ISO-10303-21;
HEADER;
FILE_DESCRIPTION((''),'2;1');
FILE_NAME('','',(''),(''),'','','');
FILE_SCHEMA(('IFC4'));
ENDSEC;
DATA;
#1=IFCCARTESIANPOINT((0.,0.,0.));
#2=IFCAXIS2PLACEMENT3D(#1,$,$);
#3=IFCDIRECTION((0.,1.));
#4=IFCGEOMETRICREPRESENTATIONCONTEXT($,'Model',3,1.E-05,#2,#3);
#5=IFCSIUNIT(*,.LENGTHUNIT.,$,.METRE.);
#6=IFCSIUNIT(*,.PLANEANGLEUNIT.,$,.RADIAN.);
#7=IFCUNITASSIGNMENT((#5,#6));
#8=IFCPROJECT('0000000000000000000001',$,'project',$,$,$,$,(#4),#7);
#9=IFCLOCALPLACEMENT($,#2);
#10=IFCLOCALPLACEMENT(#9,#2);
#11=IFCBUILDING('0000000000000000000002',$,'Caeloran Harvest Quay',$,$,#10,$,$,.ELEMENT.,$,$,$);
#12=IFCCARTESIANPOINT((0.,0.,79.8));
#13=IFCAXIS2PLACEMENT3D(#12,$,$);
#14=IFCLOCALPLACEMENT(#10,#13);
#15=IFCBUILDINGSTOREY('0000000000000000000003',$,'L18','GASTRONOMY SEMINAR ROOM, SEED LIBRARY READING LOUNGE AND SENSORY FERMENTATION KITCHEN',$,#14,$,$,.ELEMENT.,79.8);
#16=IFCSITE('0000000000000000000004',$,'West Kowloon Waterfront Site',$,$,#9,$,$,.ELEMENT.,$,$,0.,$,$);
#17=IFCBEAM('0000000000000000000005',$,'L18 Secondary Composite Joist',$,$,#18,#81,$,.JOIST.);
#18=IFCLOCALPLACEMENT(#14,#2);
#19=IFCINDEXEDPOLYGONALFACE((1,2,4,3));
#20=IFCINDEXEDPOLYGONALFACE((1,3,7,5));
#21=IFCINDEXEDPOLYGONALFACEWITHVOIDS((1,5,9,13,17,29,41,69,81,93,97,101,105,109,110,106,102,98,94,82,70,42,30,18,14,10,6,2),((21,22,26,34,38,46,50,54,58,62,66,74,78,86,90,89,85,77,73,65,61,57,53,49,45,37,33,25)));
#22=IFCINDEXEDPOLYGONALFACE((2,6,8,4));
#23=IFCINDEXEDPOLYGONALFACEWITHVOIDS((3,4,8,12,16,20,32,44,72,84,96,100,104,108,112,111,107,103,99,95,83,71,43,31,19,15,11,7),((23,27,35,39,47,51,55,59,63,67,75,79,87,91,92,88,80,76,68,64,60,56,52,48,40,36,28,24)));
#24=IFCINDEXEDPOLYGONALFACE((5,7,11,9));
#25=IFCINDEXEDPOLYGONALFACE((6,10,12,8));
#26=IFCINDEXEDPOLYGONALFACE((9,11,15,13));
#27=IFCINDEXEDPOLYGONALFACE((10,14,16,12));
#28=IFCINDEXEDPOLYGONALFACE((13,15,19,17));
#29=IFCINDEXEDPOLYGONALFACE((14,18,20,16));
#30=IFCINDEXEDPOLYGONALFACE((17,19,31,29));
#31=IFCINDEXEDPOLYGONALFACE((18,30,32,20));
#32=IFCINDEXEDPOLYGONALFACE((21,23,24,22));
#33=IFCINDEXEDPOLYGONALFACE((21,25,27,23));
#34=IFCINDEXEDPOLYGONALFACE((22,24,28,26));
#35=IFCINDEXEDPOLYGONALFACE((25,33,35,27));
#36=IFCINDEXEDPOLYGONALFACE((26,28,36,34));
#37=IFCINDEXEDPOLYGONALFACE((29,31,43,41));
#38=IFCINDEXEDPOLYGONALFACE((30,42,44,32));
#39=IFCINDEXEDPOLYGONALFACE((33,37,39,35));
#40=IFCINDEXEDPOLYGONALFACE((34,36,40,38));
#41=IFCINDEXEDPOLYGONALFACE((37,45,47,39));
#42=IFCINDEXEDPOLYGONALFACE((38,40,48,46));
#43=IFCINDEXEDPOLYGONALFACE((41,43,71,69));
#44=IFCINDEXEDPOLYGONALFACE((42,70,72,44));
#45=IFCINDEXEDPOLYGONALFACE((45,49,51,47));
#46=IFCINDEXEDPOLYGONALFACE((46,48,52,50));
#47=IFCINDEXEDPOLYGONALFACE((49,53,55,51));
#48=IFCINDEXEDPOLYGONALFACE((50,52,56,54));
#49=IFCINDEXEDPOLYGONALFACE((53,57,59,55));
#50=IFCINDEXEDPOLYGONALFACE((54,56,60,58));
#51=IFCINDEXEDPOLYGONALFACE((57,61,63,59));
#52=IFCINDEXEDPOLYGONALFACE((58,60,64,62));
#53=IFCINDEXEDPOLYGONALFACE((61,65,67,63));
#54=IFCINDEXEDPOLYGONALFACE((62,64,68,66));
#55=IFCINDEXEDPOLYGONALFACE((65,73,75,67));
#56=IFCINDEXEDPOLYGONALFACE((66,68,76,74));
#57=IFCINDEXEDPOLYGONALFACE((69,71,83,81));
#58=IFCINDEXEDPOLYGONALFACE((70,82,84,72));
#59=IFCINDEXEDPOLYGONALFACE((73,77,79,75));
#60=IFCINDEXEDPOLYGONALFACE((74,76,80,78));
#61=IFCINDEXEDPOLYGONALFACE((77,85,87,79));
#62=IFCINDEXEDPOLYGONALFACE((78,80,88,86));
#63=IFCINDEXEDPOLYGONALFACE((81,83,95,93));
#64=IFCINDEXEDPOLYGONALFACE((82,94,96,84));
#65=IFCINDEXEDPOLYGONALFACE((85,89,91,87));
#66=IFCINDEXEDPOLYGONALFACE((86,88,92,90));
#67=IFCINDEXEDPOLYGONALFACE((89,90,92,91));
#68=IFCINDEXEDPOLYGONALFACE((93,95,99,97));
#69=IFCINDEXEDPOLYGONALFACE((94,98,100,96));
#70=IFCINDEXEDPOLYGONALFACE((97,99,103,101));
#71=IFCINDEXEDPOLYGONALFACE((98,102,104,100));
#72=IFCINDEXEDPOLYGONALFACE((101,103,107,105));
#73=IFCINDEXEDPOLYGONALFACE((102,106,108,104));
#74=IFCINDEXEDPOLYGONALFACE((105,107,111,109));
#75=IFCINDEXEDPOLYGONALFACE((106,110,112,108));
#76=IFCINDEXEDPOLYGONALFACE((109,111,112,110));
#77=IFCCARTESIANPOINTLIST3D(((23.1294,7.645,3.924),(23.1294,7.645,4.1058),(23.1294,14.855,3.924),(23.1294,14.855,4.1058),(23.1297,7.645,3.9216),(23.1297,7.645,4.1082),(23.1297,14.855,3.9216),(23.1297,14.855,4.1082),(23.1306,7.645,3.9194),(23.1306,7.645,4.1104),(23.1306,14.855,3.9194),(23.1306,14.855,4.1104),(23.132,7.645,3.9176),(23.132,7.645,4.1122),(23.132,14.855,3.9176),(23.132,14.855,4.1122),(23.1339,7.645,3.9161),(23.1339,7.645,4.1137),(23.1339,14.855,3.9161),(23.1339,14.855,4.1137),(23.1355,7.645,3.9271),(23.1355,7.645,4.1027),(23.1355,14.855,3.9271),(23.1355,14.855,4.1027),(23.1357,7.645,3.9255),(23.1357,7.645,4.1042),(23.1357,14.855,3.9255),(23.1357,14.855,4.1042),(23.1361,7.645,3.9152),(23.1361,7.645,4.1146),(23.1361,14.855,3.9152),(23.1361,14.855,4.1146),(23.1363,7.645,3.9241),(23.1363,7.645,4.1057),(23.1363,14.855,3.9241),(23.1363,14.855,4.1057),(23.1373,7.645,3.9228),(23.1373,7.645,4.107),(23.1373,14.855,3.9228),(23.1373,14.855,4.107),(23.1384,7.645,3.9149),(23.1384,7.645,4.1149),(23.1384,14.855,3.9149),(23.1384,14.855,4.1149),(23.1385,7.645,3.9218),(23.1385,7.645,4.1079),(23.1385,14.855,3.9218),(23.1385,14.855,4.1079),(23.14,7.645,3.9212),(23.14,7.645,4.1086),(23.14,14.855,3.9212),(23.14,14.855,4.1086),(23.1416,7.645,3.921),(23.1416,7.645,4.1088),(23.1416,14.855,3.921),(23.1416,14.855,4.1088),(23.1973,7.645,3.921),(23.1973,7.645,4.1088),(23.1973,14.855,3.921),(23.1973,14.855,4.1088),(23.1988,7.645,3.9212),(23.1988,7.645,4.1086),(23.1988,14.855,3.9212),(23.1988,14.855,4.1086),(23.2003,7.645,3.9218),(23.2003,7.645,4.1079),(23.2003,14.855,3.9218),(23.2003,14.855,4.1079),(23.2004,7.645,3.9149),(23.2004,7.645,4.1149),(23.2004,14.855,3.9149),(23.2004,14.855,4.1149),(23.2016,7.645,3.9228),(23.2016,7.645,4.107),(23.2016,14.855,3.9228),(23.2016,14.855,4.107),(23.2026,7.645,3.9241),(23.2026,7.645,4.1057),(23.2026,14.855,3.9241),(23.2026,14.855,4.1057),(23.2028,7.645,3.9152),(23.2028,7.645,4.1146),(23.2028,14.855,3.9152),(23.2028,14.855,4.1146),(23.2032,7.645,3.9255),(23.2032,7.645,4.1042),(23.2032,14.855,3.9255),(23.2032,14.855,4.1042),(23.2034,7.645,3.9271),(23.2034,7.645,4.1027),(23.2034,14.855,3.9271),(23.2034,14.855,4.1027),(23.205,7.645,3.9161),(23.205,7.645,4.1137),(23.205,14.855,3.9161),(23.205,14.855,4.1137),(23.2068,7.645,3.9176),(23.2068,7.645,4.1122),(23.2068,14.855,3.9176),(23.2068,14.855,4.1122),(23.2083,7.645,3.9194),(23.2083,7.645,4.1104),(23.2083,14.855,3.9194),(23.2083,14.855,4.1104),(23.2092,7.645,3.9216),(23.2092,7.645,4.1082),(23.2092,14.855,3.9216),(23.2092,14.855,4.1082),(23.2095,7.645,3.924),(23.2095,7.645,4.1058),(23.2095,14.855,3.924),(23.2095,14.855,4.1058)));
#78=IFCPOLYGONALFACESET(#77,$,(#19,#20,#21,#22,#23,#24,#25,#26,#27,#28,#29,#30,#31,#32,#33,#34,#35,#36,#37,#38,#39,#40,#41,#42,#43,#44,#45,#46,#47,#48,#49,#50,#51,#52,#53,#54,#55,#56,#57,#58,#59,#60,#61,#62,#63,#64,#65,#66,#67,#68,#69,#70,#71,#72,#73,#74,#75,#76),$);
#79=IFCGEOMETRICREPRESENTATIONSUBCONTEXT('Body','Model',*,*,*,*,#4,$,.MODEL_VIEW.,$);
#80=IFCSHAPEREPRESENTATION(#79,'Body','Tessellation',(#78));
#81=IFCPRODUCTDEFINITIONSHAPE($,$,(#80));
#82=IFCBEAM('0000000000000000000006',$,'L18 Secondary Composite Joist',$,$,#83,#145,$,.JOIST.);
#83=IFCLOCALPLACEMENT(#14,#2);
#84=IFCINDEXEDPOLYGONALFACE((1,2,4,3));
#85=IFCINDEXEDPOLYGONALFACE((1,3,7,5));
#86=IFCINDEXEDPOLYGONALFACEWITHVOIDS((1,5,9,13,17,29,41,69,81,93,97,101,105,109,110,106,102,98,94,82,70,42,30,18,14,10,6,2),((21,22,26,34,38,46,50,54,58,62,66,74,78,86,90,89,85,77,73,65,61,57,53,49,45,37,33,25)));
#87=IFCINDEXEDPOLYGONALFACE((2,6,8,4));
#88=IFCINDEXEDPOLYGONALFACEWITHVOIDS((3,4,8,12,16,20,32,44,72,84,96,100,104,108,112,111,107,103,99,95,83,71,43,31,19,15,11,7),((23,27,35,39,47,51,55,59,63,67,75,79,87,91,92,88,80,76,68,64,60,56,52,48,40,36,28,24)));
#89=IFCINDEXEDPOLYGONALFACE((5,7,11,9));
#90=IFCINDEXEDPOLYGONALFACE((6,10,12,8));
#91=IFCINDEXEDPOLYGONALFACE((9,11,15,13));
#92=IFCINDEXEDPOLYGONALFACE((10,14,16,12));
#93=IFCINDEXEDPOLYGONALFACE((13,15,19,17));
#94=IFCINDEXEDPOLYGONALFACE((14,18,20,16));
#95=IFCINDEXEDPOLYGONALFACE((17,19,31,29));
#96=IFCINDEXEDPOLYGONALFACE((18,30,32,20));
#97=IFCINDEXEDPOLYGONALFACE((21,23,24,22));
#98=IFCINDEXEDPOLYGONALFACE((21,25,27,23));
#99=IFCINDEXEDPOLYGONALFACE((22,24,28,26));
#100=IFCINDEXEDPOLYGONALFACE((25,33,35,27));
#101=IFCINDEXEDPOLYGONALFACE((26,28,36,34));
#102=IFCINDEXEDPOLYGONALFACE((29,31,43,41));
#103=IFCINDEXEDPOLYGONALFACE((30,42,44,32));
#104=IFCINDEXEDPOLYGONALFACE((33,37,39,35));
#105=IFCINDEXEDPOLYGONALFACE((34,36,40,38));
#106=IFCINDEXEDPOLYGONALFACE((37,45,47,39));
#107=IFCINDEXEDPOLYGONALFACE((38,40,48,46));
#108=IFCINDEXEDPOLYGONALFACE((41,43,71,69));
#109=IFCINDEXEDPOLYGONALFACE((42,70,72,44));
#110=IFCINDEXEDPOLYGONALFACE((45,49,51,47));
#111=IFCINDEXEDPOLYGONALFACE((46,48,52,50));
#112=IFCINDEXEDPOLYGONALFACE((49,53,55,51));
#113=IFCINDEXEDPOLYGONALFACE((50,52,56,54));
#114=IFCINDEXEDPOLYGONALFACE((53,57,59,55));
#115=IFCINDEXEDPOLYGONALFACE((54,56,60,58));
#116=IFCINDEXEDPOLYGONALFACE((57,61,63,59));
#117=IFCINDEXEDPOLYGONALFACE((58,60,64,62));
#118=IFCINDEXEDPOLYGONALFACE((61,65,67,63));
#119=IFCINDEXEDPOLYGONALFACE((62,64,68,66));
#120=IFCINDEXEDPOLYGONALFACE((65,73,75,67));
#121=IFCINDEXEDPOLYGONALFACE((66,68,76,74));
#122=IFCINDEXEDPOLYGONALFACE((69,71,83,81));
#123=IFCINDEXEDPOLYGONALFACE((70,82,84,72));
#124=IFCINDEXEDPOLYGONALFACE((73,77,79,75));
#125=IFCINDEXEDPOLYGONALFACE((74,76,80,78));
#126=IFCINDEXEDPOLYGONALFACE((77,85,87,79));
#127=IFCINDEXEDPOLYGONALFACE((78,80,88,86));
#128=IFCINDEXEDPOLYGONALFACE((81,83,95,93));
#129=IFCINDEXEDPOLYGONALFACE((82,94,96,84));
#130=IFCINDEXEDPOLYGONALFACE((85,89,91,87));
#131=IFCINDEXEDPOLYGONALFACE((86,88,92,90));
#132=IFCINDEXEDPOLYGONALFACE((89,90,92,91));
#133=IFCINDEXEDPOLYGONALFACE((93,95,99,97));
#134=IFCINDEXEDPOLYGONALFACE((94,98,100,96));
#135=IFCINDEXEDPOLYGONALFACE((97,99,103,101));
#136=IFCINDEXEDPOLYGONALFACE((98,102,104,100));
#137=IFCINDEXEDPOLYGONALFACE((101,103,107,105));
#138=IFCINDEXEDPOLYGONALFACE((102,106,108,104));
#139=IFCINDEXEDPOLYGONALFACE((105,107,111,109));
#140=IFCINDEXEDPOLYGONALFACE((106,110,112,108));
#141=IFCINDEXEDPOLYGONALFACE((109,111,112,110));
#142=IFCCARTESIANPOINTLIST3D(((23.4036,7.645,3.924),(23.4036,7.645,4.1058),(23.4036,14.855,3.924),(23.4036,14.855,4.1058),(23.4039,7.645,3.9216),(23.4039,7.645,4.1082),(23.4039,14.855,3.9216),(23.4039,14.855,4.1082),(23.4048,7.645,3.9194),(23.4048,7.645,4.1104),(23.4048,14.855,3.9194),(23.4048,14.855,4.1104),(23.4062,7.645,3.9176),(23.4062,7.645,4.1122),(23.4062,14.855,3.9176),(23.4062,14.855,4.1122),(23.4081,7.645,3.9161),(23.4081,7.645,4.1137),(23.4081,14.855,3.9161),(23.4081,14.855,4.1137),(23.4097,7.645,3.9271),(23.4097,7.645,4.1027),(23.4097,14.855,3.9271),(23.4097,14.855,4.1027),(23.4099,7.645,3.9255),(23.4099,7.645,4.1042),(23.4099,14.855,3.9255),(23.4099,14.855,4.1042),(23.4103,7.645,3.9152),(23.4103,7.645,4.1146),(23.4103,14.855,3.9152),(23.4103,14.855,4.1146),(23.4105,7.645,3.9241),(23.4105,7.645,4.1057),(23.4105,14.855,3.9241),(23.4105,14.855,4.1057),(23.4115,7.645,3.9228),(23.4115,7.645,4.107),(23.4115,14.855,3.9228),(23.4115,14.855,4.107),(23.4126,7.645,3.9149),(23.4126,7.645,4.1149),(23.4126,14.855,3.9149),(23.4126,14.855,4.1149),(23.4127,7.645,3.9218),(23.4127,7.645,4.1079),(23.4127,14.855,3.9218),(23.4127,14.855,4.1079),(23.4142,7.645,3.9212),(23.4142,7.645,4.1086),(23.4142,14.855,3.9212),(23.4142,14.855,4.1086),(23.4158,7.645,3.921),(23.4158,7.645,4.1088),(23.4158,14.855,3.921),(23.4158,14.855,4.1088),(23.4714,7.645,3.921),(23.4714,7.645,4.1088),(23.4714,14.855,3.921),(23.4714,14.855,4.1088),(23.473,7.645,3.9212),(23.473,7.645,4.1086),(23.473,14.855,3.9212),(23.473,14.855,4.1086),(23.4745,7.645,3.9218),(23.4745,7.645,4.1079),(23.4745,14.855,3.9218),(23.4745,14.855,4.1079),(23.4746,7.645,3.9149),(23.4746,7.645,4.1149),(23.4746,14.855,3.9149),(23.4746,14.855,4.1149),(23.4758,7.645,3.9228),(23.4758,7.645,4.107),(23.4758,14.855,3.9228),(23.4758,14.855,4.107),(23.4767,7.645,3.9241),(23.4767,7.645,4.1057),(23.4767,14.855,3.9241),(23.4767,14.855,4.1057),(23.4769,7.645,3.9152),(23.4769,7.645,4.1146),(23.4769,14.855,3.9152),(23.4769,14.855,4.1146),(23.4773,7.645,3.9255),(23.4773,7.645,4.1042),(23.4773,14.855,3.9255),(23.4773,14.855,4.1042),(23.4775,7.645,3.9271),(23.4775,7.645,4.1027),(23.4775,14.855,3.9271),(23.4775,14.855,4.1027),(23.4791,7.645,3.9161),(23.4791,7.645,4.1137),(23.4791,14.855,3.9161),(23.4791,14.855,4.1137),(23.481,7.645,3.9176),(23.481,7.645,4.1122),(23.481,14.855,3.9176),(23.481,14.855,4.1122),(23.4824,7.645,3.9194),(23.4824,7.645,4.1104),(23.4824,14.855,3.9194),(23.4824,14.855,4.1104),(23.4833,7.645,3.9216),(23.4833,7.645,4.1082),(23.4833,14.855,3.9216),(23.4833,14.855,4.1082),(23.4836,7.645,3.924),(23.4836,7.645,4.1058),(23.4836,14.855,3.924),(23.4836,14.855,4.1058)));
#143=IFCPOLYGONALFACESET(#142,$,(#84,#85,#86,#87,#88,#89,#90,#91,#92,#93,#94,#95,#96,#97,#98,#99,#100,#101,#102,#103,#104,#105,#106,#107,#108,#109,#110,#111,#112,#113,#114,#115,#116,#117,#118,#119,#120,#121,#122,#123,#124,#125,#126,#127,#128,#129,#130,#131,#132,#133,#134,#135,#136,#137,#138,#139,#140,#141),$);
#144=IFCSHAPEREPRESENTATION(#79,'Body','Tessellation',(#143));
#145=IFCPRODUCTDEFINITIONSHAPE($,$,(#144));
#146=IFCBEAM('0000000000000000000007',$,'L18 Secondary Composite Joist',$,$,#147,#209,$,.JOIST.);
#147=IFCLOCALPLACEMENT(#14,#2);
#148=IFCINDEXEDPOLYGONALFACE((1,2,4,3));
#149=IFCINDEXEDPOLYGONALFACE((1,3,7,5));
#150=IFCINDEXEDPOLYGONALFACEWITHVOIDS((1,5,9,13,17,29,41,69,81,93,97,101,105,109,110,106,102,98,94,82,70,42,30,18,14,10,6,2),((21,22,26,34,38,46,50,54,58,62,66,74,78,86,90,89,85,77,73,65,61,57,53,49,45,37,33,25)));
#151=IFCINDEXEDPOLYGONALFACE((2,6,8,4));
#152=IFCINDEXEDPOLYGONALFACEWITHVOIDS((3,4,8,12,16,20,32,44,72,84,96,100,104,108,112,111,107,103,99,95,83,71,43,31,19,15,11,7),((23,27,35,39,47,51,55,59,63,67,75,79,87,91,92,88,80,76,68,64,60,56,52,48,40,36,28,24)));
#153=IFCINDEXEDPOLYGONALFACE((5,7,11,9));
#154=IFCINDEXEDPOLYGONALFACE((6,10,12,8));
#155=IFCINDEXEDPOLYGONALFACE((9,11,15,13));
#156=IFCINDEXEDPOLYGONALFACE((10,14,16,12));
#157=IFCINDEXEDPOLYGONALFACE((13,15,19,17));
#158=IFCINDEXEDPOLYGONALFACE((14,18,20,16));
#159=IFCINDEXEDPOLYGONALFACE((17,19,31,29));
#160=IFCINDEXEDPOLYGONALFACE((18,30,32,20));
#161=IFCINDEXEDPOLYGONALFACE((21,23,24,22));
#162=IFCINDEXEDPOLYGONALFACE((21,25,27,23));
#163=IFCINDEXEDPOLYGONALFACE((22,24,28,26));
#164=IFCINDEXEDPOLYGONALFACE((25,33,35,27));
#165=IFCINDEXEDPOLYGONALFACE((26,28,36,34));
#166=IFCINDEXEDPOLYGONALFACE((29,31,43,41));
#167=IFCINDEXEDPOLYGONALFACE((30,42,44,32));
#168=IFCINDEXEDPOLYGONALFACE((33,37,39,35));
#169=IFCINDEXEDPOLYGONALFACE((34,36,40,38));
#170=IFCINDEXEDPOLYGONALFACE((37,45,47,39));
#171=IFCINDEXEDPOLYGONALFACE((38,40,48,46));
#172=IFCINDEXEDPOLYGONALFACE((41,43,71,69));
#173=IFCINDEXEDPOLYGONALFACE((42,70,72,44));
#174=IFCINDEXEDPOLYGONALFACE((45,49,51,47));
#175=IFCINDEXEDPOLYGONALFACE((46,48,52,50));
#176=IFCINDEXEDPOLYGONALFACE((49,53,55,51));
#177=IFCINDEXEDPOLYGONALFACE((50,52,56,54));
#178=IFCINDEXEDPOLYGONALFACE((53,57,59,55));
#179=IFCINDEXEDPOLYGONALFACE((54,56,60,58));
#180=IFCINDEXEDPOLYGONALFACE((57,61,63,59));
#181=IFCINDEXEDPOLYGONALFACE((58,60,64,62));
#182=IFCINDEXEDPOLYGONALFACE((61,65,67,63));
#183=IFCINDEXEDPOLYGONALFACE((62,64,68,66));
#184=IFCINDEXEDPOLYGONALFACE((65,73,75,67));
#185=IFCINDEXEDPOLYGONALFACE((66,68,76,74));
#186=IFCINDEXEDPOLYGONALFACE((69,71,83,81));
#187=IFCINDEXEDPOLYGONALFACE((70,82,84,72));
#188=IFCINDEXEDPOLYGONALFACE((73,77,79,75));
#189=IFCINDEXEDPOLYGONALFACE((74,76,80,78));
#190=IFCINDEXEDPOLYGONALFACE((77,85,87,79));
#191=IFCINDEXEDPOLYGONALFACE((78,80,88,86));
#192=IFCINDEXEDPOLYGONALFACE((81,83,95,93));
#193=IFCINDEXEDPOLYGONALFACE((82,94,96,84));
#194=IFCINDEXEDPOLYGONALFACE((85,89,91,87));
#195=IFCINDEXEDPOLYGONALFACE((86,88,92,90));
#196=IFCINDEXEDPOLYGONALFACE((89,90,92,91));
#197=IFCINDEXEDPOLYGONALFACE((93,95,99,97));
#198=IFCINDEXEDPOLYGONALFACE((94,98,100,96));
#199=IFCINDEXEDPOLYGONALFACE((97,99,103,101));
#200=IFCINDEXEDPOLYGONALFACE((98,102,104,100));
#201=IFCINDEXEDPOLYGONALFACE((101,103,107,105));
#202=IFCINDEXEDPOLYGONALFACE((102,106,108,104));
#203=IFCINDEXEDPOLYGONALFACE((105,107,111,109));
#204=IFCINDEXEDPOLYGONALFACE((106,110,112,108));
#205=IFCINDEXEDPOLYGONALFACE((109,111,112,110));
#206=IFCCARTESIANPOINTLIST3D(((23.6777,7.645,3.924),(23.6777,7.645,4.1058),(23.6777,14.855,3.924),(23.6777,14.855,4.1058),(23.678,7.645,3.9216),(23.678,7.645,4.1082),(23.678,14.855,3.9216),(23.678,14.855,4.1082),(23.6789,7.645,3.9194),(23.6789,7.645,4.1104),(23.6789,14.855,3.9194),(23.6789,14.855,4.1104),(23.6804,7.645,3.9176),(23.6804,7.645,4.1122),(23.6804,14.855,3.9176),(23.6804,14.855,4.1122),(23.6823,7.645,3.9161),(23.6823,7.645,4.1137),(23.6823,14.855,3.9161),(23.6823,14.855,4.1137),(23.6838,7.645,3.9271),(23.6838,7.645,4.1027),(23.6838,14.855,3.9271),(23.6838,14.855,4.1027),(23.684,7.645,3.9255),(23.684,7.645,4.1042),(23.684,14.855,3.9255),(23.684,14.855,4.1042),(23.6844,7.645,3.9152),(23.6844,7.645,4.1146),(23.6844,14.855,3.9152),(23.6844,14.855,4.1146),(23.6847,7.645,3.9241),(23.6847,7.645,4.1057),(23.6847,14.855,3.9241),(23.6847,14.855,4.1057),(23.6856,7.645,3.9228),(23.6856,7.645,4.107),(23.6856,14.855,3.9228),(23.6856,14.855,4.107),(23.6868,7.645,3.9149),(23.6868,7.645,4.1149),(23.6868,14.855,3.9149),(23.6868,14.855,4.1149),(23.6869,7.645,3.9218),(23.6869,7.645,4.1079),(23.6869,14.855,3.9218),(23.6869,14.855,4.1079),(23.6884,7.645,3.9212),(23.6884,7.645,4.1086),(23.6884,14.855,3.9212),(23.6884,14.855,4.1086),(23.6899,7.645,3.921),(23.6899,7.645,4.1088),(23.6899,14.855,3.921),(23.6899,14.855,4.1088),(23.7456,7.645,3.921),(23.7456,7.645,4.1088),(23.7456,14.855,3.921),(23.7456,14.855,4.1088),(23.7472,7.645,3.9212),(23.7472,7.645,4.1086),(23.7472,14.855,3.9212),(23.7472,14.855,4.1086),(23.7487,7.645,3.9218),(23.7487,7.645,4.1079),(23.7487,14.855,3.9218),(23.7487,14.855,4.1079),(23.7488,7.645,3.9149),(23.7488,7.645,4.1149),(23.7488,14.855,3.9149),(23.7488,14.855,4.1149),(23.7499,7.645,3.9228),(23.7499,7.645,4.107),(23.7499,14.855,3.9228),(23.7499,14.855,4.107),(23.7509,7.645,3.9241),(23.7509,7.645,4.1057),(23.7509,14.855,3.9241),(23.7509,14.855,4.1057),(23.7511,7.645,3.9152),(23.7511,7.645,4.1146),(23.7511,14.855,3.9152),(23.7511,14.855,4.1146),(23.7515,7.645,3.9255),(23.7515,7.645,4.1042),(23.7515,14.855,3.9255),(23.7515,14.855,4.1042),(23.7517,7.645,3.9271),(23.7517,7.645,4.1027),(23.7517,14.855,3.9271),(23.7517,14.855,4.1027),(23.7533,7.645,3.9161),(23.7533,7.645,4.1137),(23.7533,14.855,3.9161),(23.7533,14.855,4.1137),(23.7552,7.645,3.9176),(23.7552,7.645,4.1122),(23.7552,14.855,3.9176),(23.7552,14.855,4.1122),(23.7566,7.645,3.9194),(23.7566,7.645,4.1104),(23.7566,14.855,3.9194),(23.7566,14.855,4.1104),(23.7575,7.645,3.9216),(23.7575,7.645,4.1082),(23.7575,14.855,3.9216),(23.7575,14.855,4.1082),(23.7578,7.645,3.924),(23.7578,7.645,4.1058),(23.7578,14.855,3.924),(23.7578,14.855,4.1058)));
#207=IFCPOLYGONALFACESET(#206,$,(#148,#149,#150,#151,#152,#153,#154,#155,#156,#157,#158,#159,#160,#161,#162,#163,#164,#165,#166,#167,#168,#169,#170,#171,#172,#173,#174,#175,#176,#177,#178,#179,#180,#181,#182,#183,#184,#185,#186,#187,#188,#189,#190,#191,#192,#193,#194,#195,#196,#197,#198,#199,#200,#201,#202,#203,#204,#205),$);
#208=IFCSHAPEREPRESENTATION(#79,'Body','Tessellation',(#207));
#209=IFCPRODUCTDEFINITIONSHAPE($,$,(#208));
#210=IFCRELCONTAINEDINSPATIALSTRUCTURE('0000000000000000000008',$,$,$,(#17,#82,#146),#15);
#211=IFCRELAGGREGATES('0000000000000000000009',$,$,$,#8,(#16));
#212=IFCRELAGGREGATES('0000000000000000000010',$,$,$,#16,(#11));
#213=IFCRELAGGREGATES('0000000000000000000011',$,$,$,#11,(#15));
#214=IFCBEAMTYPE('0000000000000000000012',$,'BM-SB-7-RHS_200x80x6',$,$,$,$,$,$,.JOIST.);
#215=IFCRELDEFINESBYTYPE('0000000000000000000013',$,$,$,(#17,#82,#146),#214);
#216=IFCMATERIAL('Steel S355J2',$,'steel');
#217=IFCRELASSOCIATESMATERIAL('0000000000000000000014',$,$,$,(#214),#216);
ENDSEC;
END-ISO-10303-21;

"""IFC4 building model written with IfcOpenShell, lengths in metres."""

from ifc_helpers import new_model, si_unit, direction, frame, origin, origin_2d, place, context, subcontext, project, spatial, hollow_rectangle, extrude, material, material_profile, profile_set, type_object, element, save


model = new_model("IFC4")

# Units and contexts
model_context = context("Model", 3, precision=1e-05, world=origin(), true_north=direction((0.0, 1.0)))
body_context = subcontext(model_context, "Body", "Model", "MODEL_VIEW")
ifc_project = project(units=[si_unit("LENGTHUNIT", "METRE"), si_unit("PLANEANGLEUNIT", "RADIAN")], contexts=[model_context])

# Site, building, storey
site_placement = place(None, origin())
site = spatial("IfcSite", under=ifc_project, at=site_placement, Name="West Kowloon Waterfront Site", CompositionType="ELEMENT", RefElevation=0.0)
building_placement = place(site_placement, origin())
building = spatial("IfcBuilding", under=site, at=building_placement, Name="Caeloran Harvest Quay", CompositionType="ELEMENT")
storey_placement = place(building_placement, frame((0.0, 0.0, 79.8)))
storey = spatial("IfcBuildingStorey", under=building, at=storey_placement, Name="L18", Description="GASTRONOMY SEMINAR ROOM, SEED LIBRARY READING LOUNGE AND SENSORY FERMENTATION KITCHEN", CompositionType="ELEMENT", Elevation=79.8)

# Beams
ifc_material_1 = material(Name="Steel S355J2", Category="steel")
ifc_material_profile_1 = material_profile(ifc_material_1, hollow_rectangle(XDim=0.0801, YDim=0.2, WallThickness=0.0061, InnerFilletRadius=0.0061, OuterFilletRadius=0.009, at=origin_2d()), Name="RHS 200x80x6")
ifc_profile_set_1 = profile_set([ifc_material_profile_1], Name="Steel S355J2")
beam_type_1 = type_object("IfcBeamType", Name="BM-SB-7-RHS_200x80x6", PredefinedType="JOIST", material=ifc_profile_set_1)
for number, where, z_axis, x_axis, name in (
    (1, (23.1694, 7.645, 4.0149), (0.0, 1.0, 0.0), (-1.0, 0.0, 0.0), "L18 Secondary Composite Joist"),
    (2, (23.4436, 7.645, 4.0149), (0.0, 1.0, 0.0), (-1.0, 0.0, 0.0), "L18 Secondary Composite Joist"),
    (3, (23.7178, 7.645, 4.0149), (0.0, 1.0, 0.0), (-1.0, 0.0, 0.0), "L18 Secondary Composite Joist"),
):
    element("IfcBeam", number, at=place(storey_placement, frame(where, z_axis=z_axis, x_axis=x_axis)), inside=storey, type_object=beam_type_1, Name=name, PredefinedType="JOIST", context=body_context, shape_type="SweptSolid", body=[
        extrude(hollow_rectangle(XDim=0.0801, YDim=0.2, WallThickness=0.0061, InnerFilletRadius=0.0061, OuterFilletRadius=0.009, at=origin_2d()), origin(), (0.0, 0.0, 1.0), 7.21),
    ])

save(model, "model.ifc")
